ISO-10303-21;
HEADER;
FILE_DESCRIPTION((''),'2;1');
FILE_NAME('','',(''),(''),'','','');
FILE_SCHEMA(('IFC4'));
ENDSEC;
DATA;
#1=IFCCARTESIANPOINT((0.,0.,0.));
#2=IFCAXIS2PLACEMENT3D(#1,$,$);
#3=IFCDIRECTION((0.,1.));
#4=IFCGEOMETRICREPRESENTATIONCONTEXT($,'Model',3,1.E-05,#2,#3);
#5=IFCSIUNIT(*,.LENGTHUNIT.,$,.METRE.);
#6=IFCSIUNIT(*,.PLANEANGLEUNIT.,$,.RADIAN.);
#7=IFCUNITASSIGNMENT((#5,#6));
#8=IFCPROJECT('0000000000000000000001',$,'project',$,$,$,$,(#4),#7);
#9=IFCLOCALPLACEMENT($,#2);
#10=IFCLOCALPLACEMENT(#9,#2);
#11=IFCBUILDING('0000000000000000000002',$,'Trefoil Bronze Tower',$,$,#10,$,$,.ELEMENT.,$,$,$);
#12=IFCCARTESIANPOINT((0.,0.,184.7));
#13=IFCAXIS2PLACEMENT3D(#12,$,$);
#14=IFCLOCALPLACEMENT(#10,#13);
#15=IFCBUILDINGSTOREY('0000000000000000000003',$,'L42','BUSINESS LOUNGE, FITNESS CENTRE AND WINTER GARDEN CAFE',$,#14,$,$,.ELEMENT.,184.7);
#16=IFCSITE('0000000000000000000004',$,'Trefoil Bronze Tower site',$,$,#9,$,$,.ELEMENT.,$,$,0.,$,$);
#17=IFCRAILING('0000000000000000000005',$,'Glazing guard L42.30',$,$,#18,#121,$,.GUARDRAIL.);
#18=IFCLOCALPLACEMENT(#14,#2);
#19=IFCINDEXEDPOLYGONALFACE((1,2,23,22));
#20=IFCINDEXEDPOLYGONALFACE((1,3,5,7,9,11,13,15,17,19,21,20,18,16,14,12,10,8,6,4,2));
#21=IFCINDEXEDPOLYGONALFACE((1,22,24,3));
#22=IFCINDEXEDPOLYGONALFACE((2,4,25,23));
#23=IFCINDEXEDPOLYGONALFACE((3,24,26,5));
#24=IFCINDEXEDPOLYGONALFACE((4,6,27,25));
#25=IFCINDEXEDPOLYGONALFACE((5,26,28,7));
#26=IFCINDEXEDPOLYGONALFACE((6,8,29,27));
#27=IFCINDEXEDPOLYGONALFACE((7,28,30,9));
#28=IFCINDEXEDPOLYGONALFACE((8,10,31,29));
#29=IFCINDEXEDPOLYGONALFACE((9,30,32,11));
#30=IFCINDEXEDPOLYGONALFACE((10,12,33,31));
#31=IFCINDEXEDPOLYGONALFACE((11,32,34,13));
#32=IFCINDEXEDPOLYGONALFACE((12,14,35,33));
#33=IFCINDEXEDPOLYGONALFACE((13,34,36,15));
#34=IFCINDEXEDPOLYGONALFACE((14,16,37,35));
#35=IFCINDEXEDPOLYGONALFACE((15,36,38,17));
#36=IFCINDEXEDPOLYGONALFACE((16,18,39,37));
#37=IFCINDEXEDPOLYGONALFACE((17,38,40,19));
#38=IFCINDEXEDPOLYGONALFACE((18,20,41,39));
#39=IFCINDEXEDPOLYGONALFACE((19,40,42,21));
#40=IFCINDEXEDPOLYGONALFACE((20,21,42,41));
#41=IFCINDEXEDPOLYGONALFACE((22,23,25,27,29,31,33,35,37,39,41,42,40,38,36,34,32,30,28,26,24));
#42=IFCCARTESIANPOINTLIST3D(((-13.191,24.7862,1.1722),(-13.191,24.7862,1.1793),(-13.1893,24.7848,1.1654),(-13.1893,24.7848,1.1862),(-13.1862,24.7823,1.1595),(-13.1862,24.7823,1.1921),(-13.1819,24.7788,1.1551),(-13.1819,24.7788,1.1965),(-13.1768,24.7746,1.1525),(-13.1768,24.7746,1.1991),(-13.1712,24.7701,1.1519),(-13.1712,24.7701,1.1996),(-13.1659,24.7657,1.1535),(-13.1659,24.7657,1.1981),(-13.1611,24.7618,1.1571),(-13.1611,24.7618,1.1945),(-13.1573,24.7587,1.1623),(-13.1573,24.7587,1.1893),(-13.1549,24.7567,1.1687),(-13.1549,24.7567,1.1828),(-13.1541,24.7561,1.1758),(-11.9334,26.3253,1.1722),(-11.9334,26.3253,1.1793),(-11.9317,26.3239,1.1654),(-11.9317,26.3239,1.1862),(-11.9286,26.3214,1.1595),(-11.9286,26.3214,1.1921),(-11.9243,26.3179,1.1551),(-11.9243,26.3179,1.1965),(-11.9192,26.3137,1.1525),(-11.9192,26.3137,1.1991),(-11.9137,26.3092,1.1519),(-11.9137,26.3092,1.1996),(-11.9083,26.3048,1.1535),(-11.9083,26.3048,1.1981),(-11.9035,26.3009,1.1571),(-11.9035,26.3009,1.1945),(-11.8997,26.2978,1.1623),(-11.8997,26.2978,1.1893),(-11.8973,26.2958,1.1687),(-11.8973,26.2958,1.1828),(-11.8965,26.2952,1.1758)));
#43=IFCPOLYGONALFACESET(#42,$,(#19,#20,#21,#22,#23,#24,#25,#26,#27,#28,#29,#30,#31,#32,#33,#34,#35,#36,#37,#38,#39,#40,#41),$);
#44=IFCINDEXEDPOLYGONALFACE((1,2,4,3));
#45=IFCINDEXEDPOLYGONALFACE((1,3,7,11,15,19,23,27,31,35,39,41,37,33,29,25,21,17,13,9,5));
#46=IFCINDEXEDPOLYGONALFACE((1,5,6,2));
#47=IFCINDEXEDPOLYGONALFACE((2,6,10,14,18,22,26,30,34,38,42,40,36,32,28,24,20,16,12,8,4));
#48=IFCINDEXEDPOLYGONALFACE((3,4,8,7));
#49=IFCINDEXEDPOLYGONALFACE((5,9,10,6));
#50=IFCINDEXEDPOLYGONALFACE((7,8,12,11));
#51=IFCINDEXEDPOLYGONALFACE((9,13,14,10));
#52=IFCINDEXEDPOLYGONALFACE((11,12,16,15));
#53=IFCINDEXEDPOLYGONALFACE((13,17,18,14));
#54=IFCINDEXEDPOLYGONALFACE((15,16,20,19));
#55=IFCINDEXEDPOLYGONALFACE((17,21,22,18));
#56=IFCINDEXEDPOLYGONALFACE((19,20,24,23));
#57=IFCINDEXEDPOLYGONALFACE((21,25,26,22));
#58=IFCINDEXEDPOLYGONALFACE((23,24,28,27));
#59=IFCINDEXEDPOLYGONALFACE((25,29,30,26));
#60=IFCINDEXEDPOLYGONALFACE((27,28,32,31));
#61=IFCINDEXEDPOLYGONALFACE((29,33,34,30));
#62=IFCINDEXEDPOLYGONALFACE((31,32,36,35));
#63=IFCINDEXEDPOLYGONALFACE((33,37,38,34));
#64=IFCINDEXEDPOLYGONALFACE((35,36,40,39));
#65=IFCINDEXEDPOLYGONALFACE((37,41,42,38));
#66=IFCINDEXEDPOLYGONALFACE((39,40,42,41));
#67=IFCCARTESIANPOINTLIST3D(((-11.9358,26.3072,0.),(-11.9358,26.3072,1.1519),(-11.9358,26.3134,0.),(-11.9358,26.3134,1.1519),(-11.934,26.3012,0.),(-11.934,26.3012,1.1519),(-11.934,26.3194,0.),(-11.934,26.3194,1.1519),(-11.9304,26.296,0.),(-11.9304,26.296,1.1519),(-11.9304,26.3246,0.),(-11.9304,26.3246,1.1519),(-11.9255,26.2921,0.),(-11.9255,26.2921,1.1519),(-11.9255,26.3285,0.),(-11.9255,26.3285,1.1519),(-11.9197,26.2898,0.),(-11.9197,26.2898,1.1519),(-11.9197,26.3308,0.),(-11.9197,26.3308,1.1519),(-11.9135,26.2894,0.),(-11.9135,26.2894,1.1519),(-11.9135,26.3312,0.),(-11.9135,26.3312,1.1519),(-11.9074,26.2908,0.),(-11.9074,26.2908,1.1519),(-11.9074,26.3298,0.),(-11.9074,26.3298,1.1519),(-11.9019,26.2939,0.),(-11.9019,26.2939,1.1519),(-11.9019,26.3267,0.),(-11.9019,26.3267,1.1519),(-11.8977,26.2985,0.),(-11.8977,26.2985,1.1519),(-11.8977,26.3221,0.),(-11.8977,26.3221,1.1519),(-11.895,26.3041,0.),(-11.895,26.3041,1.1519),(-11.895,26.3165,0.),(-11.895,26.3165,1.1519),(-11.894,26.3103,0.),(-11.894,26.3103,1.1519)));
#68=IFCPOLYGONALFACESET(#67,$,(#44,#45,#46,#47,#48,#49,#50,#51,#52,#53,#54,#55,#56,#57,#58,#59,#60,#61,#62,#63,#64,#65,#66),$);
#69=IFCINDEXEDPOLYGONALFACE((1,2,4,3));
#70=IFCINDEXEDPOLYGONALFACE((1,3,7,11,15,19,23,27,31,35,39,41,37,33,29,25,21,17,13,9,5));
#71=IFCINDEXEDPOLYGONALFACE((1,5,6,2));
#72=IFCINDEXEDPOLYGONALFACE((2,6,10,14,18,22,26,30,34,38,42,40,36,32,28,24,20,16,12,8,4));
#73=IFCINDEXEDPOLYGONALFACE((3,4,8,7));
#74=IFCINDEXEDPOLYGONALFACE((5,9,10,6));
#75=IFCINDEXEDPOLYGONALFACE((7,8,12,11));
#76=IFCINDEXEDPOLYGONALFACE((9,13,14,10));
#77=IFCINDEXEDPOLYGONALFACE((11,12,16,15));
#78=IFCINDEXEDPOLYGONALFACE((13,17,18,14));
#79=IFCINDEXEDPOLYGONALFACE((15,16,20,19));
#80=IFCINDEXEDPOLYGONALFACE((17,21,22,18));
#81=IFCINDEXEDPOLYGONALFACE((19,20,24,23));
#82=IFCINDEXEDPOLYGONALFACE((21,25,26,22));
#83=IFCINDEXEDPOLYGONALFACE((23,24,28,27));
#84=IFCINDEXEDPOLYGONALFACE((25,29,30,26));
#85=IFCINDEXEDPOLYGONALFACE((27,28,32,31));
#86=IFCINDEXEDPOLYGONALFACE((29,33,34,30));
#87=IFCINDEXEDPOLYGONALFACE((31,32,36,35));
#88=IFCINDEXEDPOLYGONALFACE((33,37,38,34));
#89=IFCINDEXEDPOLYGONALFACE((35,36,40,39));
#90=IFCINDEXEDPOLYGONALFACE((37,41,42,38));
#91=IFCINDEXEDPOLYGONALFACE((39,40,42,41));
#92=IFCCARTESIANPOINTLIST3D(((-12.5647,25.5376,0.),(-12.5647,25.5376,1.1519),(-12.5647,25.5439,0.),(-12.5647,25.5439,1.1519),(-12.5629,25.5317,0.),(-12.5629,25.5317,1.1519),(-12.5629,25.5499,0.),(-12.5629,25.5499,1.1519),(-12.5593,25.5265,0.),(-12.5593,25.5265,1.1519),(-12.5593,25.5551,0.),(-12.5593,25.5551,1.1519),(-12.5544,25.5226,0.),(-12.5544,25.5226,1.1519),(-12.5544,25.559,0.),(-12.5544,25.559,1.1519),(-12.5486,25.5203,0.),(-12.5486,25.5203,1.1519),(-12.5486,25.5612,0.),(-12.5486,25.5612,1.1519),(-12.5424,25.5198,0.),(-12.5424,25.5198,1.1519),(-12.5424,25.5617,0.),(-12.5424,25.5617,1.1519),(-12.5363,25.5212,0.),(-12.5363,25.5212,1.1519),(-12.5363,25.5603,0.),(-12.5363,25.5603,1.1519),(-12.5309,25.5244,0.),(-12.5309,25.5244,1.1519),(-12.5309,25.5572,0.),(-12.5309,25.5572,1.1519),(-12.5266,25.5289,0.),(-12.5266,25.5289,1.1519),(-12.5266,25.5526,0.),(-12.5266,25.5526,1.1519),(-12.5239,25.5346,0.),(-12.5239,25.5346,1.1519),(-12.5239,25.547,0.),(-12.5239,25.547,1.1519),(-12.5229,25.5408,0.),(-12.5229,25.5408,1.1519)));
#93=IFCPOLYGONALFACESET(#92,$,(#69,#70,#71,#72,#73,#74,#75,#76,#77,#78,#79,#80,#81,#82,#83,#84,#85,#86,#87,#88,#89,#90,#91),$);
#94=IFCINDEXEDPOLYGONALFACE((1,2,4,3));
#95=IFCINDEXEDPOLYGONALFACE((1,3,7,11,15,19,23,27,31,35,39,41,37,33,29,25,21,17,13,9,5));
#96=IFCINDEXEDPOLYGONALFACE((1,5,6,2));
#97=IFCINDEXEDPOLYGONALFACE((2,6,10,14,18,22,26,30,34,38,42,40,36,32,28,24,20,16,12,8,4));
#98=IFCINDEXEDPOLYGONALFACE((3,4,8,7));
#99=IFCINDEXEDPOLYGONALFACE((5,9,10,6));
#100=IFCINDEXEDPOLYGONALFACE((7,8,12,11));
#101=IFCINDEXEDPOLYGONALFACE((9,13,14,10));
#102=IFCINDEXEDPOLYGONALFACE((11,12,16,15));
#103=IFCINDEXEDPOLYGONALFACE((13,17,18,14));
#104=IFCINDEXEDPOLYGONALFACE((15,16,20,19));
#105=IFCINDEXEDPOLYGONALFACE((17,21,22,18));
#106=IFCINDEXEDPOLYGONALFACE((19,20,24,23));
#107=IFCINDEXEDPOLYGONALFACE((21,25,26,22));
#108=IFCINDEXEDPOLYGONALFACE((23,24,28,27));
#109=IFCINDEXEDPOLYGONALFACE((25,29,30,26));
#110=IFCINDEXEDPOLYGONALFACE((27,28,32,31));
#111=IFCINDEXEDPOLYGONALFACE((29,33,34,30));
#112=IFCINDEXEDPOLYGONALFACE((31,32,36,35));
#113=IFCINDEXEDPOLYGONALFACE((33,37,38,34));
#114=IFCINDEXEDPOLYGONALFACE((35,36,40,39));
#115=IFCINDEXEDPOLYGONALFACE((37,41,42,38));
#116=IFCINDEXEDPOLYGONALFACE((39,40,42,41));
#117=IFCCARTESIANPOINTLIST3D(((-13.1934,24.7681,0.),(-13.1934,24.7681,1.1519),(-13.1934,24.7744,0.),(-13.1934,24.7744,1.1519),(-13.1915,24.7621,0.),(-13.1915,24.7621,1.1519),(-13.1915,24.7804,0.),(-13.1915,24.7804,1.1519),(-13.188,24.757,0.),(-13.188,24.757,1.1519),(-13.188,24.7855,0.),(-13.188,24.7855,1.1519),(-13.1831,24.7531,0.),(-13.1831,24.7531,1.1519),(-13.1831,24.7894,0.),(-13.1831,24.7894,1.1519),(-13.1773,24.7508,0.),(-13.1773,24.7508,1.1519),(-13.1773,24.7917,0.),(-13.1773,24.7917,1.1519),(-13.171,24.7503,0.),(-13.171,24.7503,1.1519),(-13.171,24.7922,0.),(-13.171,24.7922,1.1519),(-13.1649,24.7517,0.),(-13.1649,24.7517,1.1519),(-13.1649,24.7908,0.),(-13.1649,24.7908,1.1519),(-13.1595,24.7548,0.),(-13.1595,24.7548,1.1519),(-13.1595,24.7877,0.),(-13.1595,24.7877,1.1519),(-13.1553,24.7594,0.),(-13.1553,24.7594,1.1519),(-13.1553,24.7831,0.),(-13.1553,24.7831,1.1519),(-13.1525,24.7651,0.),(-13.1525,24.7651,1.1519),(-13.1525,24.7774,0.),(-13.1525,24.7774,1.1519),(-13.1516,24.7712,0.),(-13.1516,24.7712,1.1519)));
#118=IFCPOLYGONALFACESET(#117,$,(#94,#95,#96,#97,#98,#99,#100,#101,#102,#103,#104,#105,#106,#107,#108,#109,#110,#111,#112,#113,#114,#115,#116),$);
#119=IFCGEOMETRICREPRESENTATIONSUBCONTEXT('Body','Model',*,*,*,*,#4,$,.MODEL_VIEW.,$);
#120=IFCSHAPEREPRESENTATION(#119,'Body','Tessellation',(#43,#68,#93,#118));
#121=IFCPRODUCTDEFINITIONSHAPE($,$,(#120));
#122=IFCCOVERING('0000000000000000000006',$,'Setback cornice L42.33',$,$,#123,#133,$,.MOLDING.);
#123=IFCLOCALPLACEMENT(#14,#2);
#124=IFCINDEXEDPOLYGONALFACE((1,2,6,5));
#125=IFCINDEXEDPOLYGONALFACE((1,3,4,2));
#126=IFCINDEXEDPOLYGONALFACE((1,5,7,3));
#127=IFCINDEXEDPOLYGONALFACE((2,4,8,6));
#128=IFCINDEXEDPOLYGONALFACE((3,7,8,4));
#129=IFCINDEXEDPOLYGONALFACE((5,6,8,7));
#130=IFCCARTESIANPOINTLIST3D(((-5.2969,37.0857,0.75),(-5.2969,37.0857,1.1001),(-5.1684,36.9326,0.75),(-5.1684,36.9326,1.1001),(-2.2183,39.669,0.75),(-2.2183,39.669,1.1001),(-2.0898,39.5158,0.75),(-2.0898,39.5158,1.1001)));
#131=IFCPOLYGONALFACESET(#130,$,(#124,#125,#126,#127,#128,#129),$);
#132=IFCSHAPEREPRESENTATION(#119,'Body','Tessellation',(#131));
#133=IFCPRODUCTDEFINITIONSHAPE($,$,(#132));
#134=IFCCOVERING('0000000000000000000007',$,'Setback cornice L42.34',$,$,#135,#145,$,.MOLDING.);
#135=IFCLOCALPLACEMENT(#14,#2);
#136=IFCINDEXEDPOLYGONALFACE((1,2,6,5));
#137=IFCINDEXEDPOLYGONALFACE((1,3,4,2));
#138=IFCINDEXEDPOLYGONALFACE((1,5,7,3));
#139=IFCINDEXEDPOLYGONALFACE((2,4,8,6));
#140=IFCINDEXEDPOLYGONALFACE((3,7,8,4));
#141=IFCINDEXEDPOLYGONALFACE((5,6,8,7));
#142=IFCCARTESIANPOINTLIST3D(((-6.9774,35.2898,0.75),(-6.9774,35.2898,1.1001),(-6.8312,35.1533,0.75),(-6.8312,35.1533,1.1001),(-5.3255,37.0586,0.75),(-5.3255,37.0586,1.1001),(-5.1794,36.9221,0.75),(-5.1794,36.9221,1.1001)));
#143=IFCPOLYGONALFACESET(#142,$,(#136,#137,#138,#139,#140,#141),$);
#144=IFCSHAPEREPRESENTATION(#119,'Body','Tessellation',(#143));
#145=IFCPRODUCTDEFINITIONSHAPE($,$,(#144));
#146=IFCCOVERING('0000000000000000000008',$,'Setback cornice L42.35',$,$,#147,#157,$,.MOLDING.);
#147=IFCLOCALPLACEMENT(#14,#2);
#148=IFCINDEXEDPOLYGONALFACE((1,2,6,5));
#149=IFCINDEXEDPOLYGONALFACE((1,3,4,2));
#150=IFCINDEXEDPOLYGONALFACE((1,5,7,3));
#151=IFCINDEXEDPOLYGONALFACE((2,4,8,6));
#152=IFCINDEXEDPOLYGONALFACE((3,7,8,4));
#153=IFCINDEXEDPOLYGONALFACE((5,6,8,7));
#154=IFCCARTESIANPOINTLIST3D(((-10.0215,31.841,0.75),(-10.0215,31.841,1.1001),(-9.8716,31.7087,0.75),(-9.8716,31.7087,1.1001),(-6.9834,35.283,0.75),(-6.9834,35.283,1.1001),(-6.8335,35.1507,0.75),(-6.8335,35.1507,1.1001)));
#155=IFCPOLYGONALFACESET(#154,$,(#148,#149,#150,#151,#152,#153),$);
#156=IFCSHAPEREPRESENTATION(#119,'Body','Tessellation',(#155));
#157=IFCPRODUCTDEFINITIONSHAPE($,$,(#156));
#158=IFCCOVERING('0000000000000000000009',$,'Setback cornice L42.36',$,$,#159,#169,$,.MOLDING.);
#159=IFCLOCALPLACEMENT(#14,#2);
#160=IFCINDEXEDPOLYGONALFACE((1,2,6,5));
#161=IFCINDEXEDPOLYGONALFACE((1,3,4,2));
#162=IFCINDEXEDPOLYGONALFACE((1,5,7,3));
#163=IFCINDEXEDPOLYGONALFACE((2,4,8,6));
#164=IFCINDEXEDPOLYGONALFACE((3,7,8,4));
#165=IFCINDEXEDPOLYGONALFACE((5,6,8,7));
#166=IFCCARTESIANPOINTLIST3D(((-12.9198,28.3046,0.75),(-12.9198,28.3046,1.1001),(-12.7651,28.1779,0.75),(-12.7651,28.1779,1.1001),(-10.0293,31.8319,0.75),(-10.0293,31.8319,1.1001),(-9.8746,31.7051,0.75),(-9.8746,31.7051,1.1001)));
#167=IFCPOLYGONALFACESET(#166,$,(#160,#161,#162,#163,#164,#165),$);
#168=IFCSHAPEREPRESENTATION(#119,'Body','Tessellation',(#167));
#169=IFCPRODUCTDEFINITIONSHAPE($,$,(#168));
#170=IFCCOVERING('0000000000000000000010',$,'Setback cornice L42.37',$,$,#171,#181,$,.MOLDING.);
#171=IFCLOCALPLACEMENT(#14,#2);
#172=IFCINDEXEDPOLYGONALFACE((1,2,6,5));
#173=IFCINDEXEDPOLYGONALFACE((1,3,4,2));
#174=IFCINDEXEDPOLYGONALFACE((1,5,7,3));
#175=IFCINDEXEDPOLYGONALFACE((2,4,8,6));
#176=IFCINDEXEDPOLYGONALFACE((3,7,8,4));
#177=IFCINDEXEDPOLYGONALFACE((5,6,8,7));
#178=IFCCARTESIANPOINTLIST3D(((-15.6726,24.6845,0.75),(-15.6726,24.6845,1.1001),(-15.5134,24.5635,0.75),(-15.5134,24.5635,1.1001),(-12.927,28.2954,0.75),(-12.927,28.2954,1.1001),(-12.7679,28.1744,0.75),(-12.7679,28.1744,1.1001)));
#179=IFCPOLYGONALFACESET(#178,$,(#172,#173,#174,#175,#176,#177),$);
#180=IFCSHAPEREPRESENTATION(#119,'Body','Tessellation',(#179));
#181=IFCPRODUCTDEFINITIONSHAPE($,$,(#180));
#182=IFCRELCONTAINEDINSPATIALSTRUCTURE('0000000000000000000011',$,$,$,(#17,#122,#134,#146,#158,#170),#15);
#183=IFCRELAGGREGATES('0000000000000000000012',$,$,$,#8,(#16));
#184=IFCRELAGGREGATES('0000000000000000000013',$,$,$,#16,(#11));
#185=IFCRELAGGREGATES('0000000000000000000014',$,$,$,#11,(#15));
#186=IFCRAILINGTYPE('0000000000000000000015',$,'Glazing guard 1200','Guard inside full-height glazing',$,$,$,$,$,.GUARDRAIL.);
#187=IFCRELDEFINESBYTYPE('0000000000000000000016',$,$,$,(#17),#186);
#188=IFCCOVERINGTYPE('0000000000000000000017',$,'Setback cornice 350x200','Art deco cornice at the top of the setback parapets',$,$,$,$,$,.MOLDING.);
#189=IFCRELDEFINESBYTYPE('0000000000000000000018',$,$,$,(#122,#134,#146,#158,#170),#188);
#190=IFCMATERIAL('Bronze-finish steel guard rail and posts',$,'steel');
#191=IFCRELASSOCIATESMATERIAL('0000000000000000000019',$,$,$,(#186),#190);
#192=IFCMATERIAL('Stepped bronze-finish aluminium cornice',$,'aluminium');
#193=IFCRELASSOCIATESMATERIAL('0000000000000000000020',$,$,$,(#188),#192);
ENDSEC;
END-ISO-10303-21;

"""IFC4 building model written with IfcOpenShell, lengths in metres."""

from ifc_helpers import new_model, si_unit, direction, frame, origin, origin_2d, place, context, subcontext, project, spatial, rectangle, circle, extrude, material, type_object, element, save


model = new_model("IFC4")

# Units and contexts
model_context = context("Model", 3, precision=1e-05, world=origin(), true_north=direction((0.0, 1.0)))
body_context = subcontext(model_context, "Body", "Model", "MODEL_VIEW")
ifc_project = project(units=[si_unit("LENGTHUNIT", "METRE"), si_unit("PLANEANGLEUNIT", "RADIAN")], contexts=[model_context])

# Site, building, storey
site_placement = place(None, origin())
site = spatial("IfcSite", under=ifc_project, at=site_placement, Name="Trefoil Bronze Tower site", CompositionType="ELEMENT", RefElevation=0.0)
building_placement = place(site_placement, origin())
building = spatial("IfcBuilding", under=site, at=building_placement, Name="Trefoil Bronze Tower", CompositionType="ELEMENT")
storey_placement = place(building_placement, frame((0.0, 0.0, 184.7)))
storey = spatial("IfcBuildingStorey", under=building, at=storey_placement, Name="L42", Description="BUSINESS LOUNGE, FITNESS CENTRE AND WINTER GARDEN CAFE", CompositionType="ELEMENT", Elevation=184.7)

# Railing
ifc_material_1 = material(Name="Bronze-finish steel guard rail and posts", Category="steel")
railing_type = type_object("IfcRailingType", Name="Glazing guard 1200", Description="Guard inside full-height glazing", PredefinedType="GUARDRAIL", material=ifc_material_1)
railing_1_placement = place(storey_placement, frame((-11.915, 26.3103, 0.0)))
element("IfcRailing", 1, at=railing_1_placement, inside=storey, type_object=railing_type, Name="Glazing guard L42.30", PredefinedType="GUARDRAIL", context=body_context, shape_type="SweptSolid", body=[
    extrude(circle(Radius=0.0239, at=origin_2d()), frame((0.0, 0.0, 1.1758), z_axis=(-0.632736, -0.774368, 0.0), x_axis=(0.774368, -0.632736, 0.0)), (0.0, 0.0, 1.0), 1.9875),
    extrude(circle(Radius=0.021, at=origin_2d()), origin(), (0.0, 0.0, 1.0), 1.1519),
    extrude(circle(Radius=0.021, at=origin_2d()), frame((-0.6289, -0.7695, 0.0)), (0.0, 0.0, 1.0), 1.1519),
    extrude(circle(Radius=0.021, at=origin_2d()), frame((-1.2576, -1.5391, 0.0)), (0.0, 0.0, 1.0), 1.1519),
])

# Coverings
ifc_material_2 = material(Name="Stepped bronze-finish aluminium cornice", Category="aluminium")
covering_type = type_object("IfcCoveringType", Name="Setback cornice 350x200", Description="Art deco cornice at the top of the setback parapets", PredefinedType="MOLDING", material=ifc_material_2)
covering_1_placement = place(storey_placement, frame((-3.6934, 38.3008, 0.75), z_axis=(0.0, 0.0, 1.0), x_axis=(-0.766044, -0.642788, 0.0)))
element("IfcCovering", 2, at=covering_1_placement, inside=storey, type_object=covering_type, Name="Setback cornice L42.33", PredefinedType="MOLDING", context=body_context, shape_type="SweptSolid", body=[
    extrude(rectangle(XDim=4.0188, YDim=0.2, at=origin_2d()), origin(), (0.0, 0.0, 1.0), 0.3501),
])
covering_2_placement = place(storey_placement, frame((-6.0784, 36.106, 0.75), z_axis=(0.0, 0.0, 1.0), x_axis=(-0.682536, -0.730852, 0.0)))
element("IfcCovering", 3, at=covering_2_placement, inside=storey, type_object=covering_type, Name="Setback cornice L42.34", PredefinedType="MOLDING", context=body_context, shape_type="SweptSolid", body=[
    extrude(rectangle(XDim=2.4202, YDim=0.2, at=origin_2d()), origin(), (0.0, 0.0, 1.0), 0.3501),
])
covering_3_placement = place(storey_placement, frame((-8.4275, 33.4958, 0.75), z_axis=(0.0, 0.0, 1.0), x_axis=(-0.661751, -0.749723, 0.0)))
element("IfcCovering", 4, at=covering_3_placement, inside=storey, type_object=covering_type, Name="Setback cornice L42.35", PredefinedType="MOLDING", context=body_context, shape_type="SweptSolid", body=[
    extrude(rectangle(XDim=4.5911, YDim=0.2, at=origin_2d()), origin(), (0.0, 0.0, 1.0), 0.3501),
])
covering_4_placement = place(storey_placement, frame((-11.3972, 30.0049, 0.75), z_axis=(0.0, 0.0, 1.0), x_axis=(-0.63384, -0.773464, 0.0)))
element("IfcCovering", 5, at=covering_4_placement, inside=storey, type_object=covering_type, Name="Setback cornice L42.36", PredefinedType="MOLDING", context=body_context, shape_type="SweptSolid", body=[
    extrude(rectangle(XDim=4.5603, YDim=0.2, at=origin_2d()), origin(), (0.0, 0.0, 1.0), 0.3501),
])
covering_5_placement = place(storey_placement, frame((-14.2202, 26.4294, 0.75), z_axis=(0.0, 0.0, 1.0), x_axis=(-0.605252, -0.796034, 0.0)))
element("IfcCovering", 6, at=covering_5_placement, inside=storey, type_object=covering_type, Name="Setback cornice L42.37", PredefinedType="MOLDING", context=body_context, shape_type="SweptSolid", body=[
    extrude(rectangle(XDim=4.5361, YDim=0.2, at=origin_2d()), origin(), (0.0, 0.0, 1.0), 0.3501),
])

save(model, "model.ifc")
